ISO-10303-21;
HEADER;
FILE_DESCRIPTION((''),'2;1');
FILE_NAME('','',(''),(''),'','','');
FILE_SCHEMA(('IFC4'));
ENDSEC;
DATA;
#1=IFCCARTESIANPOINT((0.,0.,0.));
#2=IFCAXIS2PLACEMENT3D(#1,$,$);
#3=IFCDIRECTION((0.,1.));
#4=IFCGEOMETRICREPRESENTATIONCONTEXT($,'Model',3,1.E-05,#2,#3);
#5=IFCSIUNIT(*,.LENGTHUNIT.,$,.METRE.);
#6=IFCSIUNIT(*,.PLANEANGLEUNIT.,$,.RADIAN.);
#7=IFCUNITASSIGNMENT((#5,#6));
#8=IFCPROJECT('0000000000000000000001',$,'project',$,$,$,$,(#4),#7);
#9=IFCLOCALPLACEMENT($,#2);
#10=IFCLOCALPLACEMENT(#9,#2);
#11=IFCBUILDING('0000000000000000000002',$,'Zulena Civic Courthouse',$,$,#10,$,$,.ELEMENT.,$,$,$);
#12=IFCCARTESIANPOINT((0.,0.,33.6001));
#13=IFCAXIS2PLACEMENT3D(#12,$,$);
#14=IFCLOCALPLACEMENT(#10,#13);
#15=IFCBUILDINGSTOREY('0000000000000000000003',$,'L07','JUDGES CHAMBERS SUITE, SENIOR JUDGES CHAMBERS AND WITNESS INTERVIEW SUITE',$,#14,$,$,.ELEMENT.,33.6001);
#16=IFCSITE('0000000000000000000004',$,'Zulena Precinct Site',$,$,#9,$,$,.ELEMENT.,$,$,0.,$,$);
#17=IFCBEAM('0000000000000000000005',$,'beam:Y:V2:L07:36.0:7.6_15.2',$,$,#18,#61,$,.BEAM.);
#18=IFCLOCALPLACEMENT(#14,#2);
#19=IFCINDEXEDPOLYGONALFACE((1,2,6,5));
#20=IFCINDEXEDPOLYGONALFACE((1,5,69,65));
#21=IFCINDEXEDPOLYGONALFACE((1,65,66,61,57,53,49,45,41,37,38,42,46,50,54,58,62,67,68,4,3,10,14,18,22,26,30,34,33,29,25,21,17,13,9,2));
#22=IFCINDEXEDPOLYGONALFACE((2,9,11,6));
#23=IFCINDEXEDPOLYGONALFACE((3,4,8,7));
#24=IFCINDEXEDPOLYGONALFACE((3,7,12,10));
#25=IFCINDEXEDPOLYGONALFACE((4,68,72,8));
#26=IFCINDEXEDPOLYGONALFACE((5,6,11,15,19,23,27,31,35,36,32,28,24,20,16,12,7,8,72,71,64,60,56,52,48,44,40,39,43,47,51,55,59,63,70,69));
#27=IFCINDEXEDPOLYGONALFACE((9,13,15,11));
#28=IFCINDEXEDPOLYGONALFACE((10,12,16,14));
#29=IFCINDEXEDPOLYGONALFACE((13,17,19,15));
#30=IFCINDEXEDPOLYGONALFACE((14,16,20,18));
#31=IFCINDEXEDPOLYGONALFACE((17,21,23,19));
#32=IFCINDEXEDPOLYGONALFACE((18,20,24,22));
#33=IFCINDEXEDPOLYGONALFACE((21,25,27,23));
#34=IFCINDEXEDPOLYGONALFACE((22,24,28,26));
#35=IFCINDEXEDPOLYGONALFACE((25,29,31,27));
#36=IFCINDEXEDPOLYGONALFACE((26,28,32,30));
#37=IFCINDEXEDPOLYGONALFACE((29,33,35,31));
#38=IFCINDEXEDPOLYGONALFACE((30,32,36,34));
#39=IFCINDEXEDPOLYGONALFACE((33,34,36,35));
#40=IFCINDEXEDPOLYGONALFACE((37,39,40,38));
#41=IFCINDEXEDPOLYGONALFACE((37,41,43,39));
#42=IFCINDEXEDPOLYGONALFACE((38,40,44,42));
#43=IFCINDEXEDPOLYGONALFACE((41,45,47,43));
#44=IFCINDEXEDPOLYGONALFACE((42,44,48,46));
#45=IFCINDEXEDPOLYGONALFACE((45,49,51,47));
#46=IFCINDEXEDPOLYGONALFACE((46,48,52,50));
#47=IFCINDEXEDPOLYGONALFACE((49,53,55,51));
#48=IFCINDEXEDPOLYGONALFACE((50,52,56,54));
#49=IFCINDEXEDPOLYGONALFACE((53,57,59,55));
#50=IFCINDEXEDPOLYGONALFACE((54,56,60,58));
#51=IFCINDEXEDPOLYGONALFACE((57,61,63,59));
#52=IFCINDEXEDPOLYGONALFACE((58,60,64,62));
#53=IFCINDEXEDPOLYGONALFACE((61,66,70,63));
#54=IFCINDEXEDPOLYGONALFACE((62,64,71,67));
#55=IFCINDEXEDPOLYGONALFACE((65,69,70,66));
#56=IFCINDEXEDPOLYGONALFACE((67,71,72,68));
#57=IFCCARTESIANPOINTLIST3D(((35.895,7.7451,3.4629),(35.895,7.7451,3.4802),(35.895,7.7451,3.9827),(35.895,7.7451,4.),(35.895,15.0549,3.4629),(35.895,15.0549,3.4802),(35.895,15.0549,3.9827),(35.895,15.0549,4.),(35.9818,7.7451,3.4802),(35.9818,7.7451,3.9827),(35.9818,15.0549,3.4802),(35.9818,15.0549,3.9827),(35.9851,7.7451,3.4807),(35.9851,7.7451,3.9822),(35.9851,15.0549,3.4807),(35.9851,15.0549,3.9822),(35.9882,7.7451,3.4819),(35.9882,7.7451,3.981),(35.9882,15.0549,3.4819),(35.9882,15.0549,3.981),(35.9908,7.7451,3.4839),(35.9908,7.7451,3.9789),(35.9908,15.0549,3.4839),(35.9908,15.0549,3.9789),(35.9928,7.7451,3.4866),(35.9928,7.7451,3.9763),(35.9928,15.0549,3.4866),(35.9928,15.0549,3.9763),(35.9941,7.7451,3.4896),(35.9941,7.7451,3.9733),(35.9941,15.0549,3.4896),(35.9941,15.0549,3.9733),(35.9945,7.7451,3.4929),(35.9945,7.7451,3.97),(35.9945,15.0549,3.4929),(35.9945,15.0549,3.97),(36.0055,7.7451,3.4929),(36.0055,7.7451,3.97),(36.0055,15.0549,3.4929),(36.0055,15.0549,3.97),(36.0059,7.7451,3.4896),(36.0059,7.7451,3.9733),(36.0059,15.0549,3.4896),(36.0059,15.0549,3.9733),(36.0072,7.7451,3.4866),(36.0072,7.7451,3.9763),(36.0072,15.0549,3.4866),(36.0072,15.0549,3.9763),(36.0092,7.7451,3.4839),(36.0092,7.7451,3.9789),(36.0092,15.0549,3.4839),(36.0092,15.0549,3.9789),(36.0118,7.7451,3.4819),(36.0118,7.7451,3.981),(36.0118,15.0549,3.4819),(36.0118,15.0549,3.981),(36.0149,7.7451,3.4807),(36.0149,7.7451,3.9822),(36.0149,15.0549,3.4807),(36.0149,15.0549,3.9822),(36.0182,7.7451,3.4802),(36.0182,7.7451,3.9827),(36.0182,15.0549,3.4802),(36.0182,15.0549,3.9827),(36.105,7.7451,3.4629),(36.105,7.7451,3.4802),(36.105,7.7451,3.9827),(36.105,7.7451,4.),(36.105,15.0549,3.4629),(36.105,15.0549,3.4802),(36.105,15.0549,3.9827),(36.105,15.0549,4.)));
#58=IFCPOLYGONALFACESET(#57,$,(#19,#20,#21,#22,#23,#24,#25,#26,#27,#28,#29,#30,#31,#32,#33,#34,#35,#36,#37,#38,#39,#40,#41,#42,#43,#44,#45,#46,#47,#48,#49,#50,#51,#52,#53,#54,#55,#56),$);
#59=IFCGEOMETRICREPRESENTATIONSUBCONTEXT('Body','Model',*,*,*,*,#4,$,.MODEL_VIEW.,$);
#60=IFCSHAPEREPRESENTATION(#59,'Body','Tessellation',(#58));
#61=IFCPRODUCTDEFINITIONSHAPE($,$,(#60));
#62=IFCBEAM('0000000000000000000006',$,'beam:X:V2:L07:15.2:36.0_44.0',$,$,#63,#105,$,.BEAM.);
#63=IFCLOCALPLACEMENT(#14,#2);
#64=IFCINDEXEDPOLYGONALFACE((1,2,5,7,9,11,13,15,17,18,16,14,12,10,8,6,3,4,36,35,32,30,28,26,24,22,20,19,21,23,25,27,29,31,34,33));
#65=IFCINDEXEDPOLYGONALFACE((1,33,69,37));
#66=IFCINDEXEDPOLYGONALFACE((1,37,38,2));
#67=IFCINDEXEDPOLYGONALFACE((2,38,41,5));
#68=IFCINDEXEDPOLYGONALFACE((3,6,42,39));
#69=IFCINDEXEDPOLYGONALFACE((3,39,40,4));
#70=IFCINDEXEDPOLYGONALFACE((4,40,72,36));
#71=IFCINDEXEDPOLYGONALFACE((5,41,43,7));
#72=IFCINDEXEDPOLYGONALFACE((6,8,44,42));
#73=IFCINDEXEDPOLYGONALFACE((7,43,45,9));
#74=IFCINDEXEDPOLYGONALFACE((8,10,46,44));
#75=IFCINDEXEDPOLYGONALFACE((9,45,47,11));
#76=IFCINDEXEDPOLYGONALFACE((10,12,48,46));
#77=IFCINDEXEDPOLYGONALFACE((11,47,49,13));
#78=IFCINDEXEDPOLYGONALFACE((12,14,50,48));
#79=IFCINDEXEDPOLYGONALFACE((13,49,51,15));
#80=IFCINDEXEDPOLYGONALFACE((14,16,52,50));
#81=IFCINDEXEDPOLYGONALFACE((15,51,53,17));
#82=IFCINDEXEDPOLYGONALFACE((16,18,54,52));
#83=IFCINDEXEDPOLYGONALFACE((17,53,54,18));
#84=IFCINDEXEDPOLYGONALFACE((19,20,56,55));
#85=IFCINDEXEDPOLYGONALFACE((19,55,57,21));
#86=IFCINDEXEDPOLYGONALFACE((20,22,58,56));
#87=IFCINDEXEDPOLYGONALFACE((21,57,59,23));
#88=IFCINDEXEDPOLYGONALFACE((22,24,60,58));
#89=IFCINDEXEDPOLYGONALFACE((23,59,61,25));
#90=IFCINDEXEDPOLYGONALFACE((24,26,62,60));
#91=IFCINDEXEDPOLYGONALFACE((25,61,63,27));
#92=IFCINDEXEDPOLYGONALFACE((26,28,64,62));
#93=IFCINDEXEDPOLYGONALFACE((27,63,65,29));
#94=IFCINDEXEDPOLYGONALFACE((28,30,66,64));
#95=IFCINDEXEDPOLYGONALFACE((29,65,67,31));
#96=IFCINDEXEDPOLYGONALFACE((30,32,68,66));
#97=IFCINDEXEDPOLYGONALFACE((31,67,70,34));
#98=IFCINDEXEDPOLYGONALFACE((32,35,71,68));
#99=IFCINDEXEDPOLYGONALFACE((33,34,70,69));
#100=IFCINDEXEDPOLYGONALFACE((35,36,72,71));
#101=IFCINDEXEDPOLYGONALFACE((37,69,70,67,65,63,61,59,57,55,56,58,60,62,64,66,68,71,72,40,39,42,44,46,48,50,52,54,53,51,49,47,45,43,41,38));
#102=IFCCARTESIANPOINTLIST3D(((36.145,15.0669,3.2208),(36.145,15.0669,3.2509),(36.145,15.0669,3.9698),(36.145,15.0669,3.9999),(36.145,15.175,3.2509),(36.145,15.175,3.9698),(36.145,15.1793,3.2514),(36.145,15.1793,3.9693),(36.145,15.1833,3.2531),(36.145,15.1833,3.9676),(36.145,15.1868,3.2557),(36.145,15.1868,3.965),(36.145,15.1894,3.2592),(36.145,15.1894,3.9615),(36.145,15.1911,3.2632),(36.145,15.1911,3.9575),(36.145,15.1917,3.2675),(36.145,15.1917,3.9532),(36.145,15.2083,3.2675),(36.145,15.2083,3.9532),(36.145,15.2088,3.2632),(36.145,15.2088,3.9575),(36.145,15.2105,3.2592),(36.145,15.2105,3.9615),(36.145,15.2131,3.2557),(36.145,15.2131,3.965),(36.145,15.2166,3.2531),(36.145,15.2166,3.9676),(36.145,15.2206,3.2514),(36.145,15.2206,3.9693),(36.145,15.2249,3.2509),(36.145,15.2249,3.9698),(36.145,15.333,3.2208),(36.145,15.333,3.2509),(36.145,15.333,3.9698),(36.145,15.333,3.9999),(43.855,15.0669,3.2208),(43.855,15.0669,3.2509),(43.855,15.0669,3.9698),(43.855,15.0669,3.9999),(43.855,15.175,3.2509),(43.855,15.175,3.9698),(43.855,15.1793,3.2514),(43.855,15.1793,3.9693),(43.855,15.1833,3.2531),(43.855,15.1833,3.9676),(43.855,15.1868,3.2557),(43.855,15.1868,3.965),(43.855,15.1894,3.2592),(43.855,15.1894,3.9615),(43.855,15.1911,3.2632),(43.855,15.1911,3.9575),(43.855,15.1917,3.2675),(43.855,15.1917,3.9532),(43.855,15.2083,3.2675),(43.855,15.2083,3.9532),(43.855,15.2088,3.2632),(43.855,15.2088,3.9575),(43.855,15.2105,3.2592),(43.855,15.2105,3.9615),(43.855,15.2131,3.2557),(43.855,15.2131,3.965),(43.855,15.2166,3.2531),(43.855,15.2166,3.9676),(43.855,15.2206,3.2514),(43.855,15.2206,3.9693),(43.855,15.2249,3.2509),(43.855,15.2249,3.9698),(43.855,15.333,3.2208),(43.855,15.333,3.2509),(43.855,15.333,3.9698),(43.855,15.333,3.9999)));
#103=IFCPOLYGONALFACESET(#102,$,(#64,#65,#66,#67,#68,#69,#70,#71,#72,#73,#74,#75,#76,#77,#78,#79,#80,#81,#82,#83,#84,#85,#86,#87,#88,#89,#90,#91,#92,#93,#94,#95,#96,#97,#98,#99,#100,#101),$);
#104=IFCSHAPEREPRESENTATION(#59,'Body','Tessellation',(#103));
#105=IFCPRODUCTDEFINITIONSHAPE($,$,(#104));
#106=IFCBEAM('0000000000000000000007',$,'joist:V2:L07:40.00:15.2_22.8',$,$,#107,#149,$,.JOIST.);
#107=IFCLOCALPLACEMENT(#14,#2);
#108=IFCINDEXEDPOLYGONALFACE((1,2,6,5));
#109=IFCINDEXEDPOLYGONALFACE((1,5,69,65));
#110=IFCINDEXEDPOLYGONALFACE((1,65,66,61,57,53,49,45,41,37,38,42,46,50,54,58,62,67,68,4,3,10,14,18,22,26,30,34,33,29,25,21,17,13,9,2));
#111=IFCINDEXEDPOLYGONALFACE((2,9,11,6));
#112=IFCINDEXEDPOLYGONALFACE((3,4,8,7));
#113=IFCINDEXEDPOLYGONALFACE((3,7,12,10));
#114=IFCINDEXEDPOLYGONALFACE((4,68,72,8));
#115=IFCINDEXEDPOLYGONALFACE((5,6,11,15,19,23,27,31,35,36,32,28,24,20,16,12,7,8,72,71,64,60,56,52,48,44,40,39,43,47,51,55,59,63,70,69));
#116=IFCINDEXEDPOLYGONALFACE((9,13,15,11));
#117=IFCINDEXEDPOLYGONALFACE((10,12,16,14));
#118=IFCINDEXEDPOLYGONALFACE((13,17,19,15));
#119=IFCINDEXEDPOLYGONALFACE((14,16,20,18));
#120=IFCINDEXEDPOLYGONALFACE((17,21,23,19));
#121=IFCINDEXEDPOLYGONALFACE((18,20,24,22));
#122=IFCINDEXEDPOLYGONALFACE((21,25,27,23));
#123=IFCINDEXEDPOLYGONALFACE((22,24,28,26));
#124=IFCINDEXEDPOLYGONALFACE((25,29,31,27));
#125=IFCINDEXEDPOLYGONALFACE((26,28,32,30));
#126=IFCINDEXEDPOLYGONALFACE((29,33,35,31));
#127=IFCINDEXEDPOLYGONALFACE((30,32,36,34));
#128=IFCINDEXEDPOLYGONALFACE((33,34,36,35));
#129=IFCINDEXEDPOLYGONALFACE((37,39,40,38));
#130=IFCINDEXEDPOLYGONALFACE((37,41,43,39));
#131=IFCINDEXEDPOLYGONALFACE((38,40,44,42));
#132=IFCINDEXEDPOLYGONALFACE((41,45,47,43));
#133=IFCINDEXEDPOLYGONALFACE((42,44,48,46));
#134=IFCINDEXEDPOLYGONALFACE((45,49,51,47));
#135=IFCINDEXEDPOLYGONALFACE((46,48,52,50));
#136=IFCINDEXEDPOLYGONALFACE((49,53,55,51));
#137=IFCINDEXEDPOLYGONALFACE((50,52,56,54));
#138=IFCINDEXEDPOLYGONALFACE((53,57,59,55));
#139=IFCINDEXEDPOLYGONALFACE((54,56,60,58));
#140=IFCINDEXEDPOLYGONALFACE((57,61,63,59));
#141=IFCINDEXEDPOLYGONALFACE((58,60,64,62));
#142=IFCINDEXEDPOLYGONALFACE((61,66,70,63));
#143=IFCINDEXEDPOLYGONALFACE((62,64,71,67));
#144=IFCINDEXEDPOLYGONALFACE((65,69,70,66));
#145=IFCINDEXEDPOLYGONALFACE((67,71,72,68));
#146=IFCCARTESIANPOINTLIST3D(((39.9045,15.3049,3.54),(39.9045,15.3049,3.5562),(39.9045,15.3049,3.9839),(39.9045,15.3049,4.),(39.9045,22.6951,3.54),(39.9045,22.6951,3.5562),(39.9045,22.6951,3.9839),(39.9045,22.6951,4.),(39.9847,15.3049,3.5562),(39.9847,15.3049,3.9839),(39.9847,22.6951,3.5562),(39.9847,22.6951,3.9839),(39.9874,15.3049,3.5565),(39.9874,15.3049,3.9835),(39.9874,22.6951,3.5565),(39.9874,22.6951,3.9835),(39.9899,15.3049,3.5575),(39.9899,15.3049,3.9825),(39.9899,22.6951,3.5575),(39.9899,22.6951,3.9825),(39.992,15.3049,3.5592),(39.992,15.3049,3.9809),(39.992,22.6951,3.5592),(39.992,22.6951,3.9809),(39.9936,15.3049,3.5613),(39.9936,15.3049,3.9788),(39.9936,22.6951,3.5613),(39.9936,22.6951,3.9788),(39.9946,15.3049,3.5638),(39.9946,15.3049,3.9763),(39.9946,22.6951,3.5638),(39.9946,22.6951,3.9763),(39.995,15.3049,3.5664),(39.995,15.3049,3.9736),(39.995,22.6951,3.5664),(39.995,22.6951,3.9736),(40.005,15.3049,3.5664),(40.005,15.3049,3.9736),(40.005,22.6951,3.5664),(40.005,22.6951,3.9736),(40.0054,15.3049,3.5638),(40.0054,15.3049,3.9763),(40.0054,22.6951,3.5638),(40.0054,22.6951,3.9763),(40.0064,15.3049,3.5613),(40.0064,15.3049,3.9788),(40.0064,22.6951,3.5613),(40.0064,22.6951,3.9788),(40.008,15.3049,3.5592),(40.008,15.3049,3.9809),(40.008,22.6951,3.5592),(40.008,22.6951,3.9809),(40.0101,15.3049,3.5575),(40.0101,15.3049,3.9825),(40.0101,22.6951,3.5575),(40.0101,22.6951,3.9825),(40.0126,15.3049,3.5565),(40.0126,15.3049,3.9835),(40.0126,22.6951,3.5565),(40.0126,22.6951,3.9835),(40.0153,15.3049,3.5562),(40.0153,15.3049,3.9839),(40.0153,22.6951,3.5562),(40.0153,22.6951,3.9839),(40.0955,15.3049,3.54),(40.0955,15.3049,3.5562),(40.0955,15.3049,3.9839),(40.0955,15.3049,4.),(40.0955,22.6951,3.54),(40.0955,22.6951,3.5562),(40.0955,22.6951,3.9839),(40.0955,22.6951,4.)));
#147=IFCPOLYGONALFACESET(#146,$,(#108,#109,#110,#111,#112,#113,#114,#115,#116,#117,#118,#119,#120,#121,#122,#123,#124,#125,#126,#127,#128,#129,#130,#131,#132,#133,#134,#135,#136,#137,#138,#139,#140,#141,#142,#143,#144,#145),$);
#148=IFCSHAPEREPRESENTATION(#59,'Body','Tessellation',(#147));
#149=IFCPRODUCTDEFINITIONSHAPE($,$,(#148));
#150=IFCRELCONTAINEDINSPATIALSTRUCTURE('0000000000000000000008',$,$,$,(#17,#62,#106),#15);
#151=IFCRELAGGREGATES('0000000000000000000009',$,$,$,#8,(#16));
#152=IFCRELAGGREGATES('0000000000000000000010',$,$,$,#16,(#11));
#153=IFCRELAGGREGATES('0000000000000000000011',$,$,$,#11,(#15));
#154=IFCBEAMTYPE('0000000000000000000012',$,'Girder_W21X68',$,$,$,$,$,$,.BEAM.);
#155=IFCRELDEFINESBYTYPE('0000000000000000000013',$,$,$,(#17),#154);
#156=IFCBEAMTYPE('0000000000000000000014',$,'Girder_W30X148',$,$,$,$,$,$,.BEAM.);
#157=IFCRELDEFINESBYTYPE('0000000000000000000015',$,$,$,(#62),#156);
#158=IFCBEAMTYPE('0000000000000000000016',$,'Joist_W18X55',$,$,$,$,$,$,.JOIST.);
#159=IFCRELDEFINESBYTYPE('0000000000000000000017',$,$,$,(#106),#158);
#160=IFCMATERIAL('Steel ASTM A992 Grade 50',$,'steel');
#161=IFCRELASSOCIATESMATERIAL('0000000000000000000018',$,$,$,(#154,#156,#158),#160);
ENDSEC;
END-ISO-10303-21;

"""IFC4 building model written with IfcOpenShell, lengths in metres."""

from ifc_helpers import new_model, si_unit, direction, frame, origin, origin_2d, place, context, subcontext, project, spatial, i_section, extrude, material, material_profile, profile_set, type_object, element, save


model = new_model("IFC4")

# Units and contexts
model_context = context("Model", 3, precision=1e-05, world=origin(), true_north=direction((0.0, 1.0)))
body_context = subcontext(model_context, "Body", "Model", "MODEL_VIEW")
ifc_project = project(units=[si_unit("LENGTHUNIT", "METRE"), si_unit("PLANEANGLEUNIT", "RADIAN")], contexts=[model_context])

# Site, building, storey
site_placement = place(None, origin())
site = spatial("IfcSite", under=ifc_project, at=site_placement, Name="Zulena Precinct Site", CompositionType="ELEMENT", RefElevation=0.0)
building_placement = place(site_placement, origin())
building = spatial("IfcBuilding", under=site, at=building_placement, Name="Zulena Civic Courthouse", CompositionType="ELEMENT")
storey_placement = place(building_placement, frame((0.0, 0.0, 33.6001)))
storey = spatial("IfcBuildingStorey", under=building, at=storey_placement, Name="L07", Description="JUDGES CHAMBERS SUITE, SENIOR JUDGES CHAMBERS AND WITNESS INTERVIEW SUITE", CompositionType="ELEMENT", Elevation=33.6001)

# Shared definitions
ifc_material_1 = material(Name="Steel ASTM A992 Grade 50", Category="steel")

# Beams
ifc_material_profile_1 = material_profile(ifc_material_1, i_section(OverallWidth=0.21, OverallDepth=0.5371, WebThickness=0.011, FlangeThickness=0.0173, FilletRadius=0.0127, at=origin_2d()), Name="W21X68")
ifc_profile_set_1 = profile_set([ifc_material_profile_1], Name="Steel ASTM A992 Grade 50")
beam_type_1 = type_object("IfcBeamType", Name="Girder_W21X68", PredefinedType="BEAM", material=ifc_profile_set_1)
beam_1_placement = place(storey_placement, frame((36.0, 7.7451, 3.7314), z_axis=(0.0, 1.0, 0.0), x_axis=(-1.0, 0.0, 0.0)))
element("IfcBeam", 1, at=beam_1_placement, inside=storey, type_object=beam_type_1, Name="beam:Y:V2:L07:36.0:7.6_15.2", PredefinedType="BEAM", context=body_context, shape_type="SweptSolid", body=[
    extrude(i_section(OverallWidth=0.21, OverallDepth=0.5371, WebThickness=0.011, FlangeThickness=0.0173, FilletRadius=0.0127, at=origin_2d()), origin(), (0.0, 0.0, 1.0), 7.3098),
])
ifc_material_profile_2 = material_profile(ifc_material_1, i_section(OverallWidth=0.2661, OverallDepth=0.7791, WebThickness=0.0166, FlangeThickness=0.03, FilletRadius=0.0166, at=origin_2d()), Name="W30X148")
ifc_profile_set_2 = profile_set([ifc_material_profile_2], Name="Steel ASTM A992 Grade 50")
beam_type_2 = type_object("IfcBeamType", Name="Girder_W30X148", PredefinedType="BEAM", material=ifc_profile_set_2)
beam_2_placement = place(storey_placement, frame((36.145, 15.2, 3.6104), z_axis=(1.0, 0.0, 0.0), x_axis=(0.0, 1.0, 0.0)))
element("IfcBeam", 2, at=beam_2_placement, inside=storey, type_object=beam_type_2, Name="beam:X:V2:L07:15.2:36.0_44.0", PredefinedType="BEAM", context=body_context, shape_type="SweptSolid", body=[
    extrude(i_section(OverallWidth=0.2661, OverallDepth=0.7791, WebThickness=0.0166, FlangeThickness=0.03, FilletRadius=0.0166, at=origin_2d()), origin(), (0.0, 0.0, 1.0), 7.71),
])
ifc_material_profile_3 = material_profile(ifc_material_1, i_section(OverallWidth=0.1909, OverallDepth=0.46, WebThickness=0.01, FlangeThickness=0.0161, FilletRadius=0.0103, at=origin_2d()), Name="W18X55")
ifc_profile_set_3 = profile_set([ifc_material_profile_3], Name="Steel ASTM A992 Grade 50")
beam_type_3 = type_object("IfcBeamType", Name="Joist_W18X55", PredefinedType="JOIST", material=ifc_profile_set_3)
beam_3_placement = place(storey_placement, frame((40.0, 15.3049, 3.77), z_axis=(0.0, 1.0, 0.0), x_axis=(-1.0, 0.0, 0.0)))
element("IfcBeam", 3, at=beam_3_placement, inside=storey, type_object=beam_type_3, Name="joist:V2:L07:40.00:15.2_22.8", PredefinedType="JOIST", context=body_context, shape_type="SweptSolid", body=[
    extrude(i_section(OverallWidth=0.1909, OverallDepth=0.46, WebThickness=0.01, FlangeThickness=0.0161, FilletRadius=0.0103, at=origin_2d()), origin(), (0.0, 0.0, 1.0), 7.3901),
])

save(model, "model.ifc")
